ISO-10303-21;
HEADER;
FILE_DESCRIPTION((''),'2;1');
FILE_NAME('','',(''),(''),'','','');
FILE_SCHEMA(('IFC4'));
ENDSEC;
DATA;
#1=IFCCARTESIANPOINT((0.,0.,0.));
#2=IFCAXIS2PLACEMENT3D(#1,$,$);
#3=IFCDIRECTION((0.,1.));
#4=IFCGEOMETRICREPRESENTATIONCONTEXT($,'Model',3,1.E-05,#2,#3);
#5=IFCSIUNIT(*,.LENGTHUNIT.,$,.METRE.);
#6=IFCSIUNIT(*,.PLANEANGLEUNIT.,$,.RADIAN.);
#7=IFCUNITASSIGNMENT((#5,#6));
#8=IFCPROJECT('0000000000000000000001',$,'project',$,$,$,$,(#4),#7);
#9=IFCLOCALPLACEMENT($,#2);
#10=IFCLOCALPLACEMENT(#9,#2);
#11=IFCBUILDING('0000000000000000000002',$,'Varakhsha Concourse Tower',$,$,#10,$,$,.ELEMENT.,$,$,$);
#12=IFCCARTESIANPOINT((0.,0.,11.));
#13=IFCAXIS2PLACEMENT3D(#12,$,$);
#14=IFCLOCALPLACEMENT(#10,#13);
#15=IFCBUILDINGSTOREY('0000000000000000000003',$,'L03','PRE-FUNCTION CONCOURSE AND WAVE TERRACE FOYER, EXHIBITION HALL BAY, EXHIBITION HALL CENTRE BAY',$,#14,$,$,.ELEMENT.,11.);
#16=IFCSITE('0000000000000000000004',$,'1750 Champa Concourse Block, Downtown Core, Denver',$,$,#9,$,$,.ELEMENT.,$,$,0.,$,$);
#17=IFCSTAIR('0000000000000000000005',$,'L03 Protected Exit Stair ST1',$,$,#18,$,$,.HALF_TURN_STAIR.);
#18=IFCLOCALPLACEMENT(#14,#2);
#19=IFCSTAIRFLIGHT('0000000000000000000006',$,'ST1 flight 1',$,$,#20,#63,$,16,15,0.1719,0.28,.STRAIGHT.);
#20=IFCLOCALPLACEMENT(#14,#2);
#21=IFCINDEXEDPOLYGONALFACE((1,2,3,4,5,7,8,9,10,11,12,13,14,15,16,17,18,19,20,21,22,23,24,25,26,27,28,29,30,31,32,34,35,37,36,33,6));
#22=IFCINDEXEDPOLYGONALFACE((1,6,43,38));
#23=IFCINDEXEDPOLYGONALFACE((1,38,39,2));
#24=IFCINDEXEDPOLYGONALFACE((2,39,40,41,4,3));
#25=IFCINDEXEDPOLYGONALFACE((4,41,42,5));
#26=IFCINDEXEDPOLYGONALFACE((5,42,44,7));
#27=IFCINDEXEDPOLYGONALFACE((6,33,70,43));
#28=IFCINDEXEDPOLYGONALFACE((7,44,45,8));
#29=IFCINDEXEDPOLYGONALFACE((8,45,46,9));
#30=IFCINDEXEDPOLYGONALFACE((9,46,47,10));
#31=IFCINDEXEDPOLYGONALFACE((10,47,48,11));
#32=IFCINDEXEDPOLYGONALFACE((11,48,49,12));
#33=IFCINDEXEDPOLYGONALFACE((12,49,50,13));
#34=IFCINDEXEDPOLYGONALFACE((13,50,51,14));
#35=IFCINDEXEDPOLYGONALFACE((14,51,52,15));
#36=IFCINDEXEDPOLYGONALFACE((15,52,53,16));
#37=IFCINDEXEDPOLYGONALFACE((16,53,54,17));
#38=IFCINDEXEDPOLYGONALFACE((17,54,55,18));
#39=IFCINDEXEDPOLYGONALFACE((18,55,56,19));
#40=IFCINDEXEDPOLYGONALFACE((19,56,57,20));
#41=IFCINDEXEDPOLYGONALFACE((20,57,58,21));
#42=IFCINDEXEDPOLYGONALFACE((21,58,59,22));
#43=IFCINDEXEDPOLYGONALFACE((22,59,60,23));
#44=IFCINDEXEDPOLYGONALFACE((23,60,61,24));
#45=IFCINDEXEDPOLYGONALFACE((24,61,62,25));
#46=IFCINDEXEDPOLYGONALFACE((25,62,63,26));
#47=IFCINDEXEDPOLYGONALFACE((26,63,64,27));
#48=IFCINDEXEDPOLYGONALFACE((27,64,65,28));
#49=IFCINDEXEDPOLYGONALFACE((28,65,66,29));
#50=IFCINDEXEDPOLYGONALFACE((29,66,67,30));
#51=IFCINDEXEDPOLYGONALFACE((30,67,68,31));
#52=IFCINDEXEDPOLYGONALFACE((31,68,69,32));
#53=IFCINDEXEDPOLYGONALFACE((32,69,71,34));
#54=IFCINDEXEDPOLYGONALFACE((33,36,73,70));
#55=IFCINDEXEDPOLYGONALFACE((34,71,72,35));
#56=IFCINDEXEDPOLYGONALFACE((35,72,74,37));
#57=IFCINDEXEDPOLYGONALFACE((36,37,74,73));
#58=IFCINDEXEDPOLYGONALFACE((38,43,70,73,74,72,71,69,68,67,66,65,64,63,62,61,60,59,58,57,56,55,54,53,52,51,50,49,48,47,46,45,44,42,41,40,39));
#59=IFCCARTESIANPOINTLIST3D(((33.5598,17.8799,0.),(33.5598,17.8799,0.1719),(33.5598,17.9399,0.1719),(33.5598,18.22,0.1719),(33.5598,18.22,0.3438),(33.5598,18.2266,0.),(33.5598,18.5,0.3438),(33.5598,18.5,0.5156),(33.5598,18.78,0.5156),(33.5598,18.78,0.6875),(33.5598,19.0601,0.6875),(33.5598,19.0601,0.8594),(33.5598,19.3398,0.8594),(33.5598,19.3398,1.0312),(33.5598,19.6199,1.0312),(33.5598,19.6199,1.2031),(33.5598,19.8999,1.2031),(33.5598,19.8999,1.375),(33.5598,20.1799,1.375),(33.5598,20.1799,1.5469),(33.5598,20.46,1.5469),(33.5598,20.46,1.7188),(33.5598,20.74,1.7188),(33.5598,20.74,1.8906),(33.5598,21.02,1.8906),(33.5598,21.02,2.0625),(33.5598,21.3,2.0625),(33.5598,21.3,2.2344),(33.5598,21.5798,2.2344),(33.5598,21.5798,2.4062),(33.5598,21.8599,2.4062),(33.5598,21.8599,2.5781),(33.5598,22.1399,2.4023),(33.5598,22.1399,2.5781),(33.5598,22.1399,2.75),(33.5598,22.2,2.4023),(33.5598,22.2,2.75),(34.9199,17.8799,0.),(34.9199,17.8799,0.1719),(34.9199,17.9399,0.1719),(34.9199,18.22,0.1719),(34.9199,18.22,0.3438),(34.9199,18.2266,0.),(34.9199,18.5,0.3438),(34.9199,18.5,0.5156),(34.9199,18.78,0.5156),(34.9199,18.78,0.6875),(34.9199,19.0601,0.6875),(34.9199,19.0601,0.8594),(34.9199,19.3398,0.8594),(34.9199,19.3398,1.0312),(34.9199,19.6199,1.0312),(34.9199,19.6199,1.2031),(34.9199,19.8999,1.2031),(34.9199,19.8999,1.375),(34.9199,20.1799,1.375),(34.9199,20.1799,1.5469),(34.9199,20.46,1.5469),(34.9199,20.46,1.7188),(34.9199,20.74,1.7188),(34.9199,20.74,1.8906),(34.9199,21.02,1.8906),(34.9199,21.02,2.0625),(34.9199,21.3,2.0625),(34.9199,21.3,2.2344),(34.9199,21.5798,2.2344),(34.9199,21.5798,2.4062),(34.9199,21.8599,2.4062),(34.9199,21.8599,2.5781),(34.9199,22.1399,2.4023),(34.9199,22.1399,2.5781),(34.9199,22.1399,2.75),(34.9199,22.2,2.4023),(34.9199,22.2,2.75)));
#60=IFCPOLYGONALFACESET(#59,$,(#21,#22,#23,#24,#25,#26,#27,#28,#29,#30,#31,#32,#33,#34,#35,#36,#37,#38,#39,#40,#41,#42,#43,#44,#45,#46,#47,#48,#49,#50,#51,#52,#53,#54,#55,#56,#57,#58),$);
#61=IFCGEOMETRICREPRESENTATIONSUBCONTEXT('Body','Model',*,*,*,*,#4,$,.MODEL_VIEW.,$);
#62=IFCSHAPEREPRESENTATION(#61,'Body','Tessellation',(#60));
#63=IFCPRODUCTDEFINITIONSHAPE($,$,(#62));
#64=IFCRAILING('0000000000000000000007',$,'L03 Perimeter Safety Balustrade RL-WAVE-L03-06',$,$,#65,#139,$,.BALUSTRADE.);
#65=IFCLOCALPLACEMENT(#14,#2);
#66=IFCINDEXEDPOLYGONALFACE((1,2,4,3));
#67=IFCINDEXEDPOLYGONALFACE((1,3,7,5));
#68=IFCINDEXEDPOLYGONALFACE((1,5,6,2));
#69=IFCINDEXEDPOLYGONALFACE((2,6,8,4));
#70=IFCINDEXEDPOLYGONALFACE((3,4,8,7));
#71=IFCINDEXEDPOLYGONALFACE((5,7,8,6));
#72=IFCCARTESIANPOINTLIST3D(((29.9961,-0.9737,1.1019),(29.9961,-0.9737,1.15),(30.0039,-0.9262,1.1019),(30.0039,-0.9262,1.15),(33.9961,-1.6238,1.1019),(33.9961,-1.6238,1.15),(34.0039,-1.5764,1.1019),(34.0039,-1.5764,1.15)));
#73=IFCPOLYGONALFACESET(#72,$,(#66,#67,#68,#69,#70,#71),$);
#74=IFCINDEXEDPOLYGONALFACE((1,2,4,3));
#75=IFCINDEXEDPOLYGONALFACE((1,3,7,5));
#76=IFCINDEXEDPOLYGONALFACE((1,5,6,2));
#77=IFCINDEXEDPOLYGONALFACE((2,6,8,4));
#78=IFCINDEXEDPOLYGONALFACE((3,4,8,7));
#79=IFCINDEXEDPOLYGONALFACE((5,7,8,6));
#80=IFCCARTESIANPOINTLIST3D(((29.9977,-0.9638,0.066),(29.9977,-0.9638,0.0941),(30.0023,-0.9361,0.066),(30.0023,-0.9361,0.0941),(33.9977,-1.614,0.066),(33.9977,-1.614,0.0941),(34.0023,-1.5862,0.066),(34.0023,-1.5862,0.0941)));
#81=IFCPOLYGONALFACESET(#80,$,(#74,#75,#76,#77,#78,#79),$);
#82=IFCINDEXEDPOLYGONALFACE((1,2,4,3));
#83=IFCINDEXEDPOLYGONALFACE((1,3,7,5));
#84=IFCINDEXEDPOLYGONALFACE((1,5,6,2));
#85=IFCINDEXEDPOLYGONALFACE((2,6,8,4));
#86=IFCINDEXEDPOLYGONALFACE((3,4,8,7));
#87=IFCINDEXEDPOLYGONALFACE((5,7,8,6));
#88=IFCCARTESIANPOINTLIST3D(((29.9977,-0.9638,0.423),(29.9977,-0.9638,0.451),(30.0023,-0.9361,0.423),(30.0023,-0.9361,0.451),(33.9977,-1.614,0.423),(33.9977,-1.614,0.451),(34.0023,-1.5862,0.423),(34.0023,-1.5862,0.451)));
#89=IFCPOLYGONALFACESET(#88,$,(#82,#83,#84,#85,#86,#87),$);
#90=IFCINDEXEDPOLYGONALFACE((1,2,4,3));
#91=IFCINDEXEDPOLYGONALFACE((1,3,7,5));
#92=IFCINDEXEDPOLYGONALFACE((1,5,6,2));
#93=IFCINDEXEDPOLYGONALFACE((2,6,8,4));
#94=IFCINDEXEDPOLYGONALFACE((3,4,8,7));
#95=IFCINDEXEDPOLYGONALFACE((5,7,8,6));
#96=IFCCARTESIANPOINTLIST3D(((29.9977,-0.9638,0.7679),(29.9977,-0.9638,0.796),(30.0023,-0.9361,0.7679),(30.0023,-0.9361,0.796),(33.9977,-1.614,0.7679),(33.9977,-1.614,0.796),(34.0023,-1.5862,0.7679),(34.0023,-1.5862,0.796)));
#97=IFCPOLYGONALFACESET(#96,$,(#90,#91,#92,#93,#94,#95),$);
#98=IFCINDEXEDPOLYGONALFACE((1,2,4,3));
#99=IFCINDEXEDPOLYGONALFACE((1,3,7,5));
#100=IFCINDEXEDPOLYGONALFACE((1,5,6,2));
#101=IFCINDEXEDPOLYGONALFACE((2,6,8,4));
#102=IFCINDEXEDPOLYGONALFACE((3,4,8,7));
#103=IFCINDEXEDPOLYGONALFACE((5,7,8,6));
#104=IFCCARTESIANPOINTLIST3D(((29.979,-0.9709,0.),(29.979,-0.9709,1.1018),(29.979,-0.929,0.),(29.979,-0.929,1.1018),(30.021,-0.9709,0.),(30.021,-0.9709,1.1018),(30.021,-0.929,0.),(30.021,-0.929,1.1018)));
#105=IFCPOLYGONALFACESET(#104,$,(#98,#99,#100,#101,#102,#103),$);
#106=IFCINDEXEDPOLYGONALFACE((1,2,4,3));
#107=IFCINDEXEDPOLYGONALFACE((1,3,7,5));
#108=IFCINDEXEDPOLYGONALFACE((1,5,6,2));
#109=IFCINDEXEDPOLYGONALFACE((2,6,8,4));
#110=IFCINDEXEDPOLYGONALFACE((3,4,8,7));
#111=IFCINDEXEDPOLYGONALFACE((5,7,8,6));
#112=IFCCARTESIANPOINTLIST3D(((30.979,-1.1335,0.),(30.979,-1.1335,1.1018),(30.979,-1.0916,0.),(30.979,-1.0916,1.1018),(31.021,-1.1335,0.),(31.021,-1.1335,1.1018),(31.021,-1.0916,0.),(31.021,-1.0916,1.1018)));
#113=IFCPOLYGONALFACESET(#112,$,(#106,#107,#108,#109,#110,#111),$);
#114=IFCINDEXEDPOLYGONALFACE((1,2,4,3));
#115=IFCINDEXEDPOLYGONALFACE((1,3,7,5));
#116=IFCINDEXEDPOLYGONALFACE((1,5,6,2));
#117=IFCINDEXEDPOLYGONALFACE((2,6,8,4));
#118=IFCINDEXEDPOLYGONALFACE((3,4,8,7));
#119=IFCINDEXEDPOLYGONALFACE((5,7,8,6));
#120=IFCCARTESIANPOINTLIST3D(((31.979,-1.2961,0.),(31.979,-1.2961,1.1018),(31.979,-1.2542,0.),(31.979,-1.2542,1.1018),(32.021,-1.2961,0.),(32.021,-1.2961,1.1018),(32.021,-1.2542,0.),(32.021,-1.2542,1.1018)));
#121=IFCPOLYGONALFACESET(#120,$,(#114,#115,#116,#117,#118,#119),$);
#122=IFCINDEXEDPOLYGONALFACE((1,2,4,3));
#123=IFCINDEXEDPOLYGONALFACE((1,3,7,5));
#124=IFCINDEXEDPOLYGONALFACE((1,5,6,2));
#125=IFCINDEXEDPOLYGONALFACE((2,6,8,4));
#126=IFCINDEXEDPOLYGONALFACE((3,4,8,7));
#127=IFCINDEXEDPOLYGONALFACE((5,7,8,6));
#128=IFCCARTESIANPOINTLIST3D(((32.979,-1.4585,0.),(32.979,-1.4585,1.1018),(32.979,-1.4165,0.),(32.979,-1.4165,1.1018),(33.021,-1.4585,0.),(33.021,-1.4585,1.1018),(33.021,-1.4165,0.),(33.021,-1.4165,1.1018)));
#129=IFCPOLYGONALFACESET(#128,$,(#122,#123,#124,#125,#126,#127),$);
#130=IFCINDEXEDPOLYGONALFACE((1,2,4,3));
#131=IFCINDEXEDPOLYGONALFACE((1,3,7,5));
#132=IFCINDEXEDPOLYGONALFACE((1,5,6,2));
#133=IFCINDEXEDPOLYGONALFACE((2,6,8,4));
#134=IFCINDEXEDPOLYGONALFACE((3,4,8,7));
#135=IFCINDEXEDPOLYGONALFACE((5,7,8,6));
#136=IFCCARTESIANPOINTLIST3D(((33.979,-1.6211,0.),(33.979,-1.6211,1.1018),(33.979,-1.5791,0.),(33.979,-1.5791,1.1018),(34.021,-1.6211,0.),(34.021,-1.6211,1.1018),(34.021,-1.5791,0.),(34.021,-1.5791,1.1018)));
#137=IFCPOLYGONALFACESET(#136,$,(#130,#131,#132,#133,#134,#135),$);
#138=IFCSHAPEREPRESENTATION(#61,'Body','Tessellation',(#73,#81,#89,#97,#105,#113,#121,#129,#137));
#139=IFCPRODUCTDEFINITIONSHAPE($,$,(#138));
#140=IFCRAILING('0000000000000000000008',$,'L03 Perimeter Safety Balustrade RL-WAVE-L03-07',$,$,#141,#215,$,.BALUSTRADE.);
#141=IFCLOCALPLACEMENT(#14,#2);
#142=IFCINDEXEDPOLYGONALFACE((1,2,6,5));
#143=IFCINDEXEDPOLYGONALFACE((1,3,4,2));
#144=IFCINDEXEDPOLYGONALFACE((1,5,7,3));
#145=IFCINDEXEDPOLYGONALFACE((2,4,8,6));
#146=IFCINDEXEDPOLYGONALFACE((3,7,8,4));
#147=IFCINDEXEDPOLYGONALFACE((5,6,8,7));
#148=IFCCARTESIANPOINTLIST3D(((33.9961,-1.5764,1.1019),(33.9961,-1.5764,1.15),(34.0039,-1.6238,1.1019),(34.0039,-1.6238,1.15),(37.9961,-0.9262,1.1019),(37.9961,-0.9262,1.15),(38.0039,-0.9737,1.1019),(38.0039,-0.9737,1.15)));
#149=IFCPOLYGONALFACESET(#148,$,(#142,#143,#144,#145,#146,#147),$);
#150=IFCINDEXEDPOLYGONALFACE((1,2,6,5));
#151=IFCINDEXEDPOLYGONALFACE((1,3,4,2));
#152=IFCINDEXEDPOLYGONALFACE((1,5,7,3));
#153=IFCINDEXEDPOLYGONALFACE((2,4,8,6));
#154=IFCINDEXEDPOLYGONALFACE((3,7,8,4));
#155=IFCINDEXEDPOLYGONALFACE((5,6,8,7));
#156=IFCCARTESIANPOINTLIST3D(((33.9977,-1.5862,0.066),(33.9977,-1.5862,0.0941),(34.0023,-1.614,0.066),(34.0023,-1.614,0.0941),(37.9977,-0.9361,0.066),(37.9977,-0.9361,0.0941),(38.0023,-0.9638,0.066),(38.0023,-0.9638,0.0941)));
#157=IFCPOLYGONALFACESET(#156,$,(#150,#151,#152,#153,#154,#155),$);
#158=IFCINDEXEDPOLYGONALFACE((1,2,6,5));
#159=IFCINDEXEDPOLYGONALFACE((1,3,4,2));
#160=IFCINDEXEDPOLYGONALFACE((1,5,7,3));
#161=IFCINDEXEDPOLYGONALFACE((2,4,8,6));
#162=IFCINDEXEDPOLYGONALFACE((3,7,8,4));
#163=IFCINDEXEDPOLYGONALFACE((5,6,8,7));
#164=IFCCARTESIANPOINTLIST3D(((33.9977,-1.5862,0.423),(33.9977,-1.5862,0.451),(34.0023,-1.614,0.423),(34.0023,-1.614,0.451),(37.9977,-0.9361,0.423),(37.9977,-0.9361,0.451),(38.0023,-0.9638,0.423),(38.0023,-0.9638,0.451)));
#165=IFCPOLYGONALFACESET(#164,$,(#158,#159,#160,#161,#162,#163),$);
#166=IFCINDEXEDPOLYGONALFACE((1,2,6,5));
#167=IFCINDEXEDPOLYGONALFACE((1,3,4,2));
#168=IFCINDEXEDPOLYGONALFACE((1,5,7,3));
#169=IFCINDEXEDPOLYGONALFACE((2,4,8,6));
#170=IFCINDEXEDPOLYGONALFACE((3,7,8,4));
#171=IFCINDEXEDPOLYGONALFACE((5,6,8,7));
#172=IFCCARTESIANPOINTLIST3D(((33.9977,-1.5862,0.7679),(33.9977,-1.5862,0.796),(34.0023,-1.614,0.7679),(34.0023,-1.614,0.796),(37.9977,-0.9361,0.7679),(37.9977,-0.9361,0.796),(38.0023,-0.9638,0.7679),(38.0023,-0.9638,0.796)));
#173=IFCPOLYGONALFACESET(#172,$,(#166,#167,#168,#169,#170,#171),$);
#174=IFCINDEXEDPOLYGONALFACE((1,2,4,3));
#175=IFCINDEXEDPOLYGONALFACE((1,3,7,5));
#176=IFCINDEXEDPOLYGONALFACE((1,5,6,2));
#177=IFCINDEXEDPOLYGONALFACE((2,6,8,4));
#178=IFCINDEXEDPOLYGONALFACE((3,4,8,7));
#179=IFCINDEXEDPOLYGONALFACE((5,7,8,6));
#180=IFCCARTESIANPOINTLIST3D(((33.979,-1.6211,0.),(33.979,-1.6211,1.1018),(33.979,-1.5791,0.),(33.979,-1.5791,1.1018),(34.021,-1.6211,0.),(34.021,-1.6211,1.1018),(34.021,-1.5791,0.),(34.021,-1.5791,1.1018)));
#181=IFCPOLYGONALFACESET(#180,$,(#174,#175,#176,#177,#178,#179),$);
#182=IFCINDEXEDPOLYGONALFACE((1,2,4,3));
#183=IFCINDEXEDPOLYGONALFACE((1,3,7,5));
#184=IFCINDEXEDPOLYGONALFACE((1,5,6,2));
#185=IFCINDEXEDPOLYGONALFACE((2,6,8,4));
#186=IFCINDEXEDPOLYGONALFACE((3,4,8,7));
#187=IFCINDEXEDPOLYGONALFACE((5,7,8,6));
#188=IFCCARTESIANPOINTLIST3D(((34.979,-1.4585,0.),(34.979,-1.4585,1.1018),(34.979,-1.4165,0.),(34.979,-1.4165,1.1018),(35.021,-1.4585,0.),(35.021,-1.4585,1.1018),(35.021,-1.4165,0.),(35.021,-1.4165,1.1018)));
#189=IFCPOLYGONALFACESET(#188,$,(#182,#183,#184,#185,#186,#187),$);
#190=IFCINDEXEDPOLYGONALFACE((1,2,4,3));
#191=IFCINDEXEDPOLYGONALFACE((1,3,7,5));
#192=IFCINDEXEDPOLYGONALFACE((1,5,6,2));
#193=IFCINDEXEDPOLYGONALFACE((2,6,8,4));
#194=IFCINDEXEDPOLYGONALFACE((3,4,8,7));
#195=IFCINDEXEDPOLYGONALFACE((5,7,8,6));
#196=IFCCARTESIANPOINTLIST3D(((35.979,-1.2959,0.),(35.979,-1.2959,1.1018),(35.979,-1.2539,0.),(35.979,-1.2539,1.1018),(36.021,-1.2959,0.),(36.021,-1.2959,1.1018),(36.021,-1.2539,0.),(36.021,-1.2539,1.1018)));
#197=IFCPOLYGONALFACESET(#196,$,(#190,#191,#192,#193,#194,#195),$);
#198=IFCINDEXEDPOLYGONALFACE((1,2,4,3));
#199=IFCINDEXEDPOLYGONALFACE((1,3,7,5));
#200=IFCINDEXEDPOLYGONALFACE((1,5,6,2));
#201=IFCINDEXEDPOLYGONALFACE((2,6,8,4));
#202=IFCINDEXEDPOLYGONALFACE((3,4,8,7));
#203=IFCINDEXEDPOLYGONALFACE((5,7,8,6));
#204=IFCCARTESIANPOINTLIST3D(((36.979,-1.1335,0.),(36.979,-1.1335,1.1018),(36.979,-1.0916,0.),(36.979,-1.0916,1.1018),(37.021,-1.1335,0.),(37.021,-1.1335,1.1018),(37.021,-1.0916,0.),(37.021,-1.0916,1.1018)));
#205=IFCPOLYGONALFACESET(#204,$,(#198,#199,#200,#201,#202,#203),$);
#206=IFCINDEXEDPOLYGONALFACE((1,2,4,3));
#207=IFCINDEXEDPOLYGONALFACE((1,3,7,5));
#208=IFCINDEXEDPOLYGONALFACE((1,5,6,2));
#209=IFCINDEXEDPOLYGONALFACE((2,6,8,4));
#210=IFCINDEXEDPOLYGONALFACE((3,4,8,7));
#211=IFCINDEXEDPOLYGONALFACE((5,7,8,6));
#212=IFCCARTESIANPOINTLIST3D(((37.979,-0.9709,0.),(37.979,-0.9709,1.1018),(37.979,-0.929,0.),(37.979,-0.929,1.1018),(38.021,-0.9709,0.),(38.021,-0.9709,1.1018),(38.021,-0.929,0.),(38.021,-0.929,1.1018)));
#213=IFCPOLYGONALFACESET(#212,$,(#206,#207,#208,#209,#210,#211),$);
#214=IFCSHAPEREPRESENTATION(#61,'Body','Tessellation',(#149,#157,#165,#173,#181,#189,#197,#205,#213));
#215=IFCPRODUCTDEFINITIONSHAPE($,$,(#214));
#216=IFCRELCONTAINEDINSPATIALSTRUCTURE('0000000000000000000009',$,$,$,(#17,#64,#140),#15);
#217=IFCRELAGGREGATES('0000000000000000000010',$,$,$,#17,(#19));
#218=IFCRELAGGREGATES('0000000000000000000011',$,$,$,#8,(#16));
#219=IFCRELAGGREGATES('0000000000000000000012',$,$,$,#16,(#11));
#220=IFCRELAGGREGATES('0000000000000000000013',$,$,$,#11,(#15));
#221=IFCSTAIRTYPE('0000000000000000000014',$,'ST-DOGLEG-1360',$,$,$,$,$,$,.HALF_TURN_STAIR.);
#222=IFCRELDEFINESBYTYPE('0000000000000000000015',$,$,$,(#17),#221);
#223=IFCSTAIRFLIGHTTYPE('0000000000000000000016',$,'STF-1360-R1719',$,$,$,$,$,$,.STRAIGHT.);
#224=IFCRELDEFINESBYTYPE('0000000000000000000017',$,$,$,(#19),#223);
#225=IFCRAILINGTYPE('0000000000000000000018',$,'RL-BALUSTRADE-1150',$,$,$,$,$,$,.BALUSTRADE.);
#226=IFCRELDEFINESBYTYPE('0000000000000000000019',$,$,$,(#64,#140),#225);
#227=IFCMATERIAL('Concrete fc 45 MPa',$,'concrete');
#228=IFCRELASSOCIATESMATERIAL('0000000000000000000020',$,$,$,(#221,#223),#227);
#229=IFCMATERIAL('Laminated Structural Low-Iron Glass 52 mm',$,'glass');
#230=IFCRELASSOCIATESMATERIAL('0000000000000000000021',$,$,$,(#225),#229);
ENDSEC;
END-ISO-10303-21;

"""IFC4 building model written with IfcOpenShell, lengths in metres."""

from ifc_helpers import new_model, si_unit, direction, frame, origin, origin_2d, place, context, subcontext, project, spatial, polyline, rectangle, outline, extrude, material, type_object, element, aggregate, save


model = new_model("IFC4")

# Units and contexts
model_context = context("Model", 3, precision=1e-05, world=origin(), true_north=direction((0.0, 1.0)))
body_context = subcontext(model_context, "Body", "Model", "MODEL_VIEW")
ifc_project = project(units=[si_unit("LENGTHUNIT", "METRE"), si_unit("PLANEANGLEUNIT", "RADIAN")], contexts=[model_context])

# Site, building, storey
site_placement = place(None, origin())
site = spatial("IfcSite", under=ifc_project, at=site_placement, Name="1750 Champa Concourse Block, Downtown Core, Denver", CompositionType="ELEMENT", RefElevation=0.0)
building_placement = place(site_placement, origin())
building = spatial("IfcBuilding", under=site, at=building_placement, Name="Varakhsha Concourse Tower", CompositionType="ELEMENT")
storey_placement = place(building_placement, frame((0.0, 0.0, 11.0)))
storey = spatial("IfcBuildingStorey", under=building, at=storey_placement, Name="L03", Description="PRE-FUNCTION CONCOURSE AND WAVE TERRACE FOYER, EXHIBITION HALL BAY, EXHIBITION HALL CENTRE BAY", CompositionType="ELEMENT", Elevation=11.0)

# Shared definitions
ifc_material_1 = material(Name="Concrete fc 45 MPa", Category="concrete")

# Stair, stair flight
stair_type = type_object("IfcStairType", Name="ST-DOGLEG-1360", PredefinedType="HALF_TURN_STAIR", material=ifc_material_1)
stair_placement = place(storey_placement, origin())
stair = element("IfcStair", 1, at=stair_placement, inside=storey, type_object=stair_type, Name="L03 Protected Exit Stair ST1", PredefinedType="HALF_TURN_STAIR")
stair_flight_type = type_object("IfcStairFlightType", Name="STF-1360-R1719", PredefinedType="STRAIGHT", material=ifc_material_1)
stair_flight_placement = place(storey_placement, frame((34.24, 17.9399, 0.0), z_axis=(0.0, 0.0, 1.0), x_axis=(0.0, 1.0, 0.0)))
stair_flight = element("IfcStairFlight", 2, at=stair_flight_placement, type_object=stair_flight_type, Name="ST1 flight 1", NumberOfRisers=16, NumberOfTreads=15, PredefinedType="STRAIGHT", RiserHeight=0.1719, TreadLength=0.28, context=body_context, shape_type="SweptSolid", body=[
    extrude(outline(polyline([(-0.0601, 0.0), (-0.0601, 0.1719), (0.0, 0.1719), (0.28, 0.1719), (0.28, 0.3438), (0.5601, 0.3438), (0.5601, 0.5156), (0.8401, 0.5156), (0.8401, 0.6875), (1.1201, 0.6875), (1.1201, 0.8594), (1.3999, 0.8594), (1.3999, 1.0312), (1.6799, 1.0312), (1.6799, 1.2031), (1.96, 1.2031), (1.96, 1.375), (2.24, 1.375), (2.24, 1.5469), (2.52, 1.5469), (2.52, 1.7188), (2.8, 1.7188), (2.8, 1.8906), (3.0801, 1.8906), (3.0801, 2.0625), (3.3601, 2.0625), (3.3601, 2.2344), (3.6399, 2.2344), (3.6399, 2.4062), (3.9199, 2.4062), (3.9199, 2.5781), (4.2, 2.5781), (4.2, 2.75), (4.26, 2.75), (4.26, 2.4023), (4.2, 2.4023), (0.2866, 0.0), (-0.0601, 0.0)])), frame((0.0, 0.6802, 0.0), z_axis=(0.0, -1.0, 0.0), x_axis=(1.0, 0.0, 0.0)), (0.0, 0.0, 1.0), 1.3601),
])
aggregate(stair, [stair_flight])

# Railings
ifc_material_2 = material(Name="Laminated Structural Low-Iron Glass 52 mm", Category="glass")
railing_type_1 = type_object("IfcRailingType", Name="RL-BALUSTRADE-1150", PredefinedType="BALUSTRADE", material=ifc_material_2)
railing_1_placement = place(storey_placement, frame((30.0, -0.95, 0.0)))
element("IfcRailing", 3, at=railing_1_placement, inside=storey, type_object=railing_type_1, Name="L03 Perimeter Safety Balustrade RL-WAVE-L03-06", PredefinedType="BALUSTRADE", context=body_context, shape_type="SweptSolid", body=[
    extrude(rectangle(XDim=0.0481, YDim=0.0481, at=origin_2d()), frame((0.0, 0.0, 1.126), z_axis=(0.987047, -0.160431, 0.0), x_axis=(0.160431, 0.987047, 0.0)), (0.0, 0.0, 1.0), 4.0525),
    extrude(rectangle(XDim=0.0281, YDim=0.0281, at=origin_2d()), frame((0.0, 0.0, 0.0801), z_axis=(0.987047, -0.160431, 0.0), x_axis=(0.160431, 0.987047, 0.0)), (0.0, 0.0, 1.0), 4.0525),
    extrude(rectangle(XDim=0.0281, YDim=0.0281, at=origin_2d()), frame((0.0, 0.0, 0.437), z_axis=(0.987047, -0.160431, 0.0), x_axis=(0.160431, 0.987047, 0.0)), (0.0, 0.0, 1.0), 4.0525),
    extrude(rectangle(XDim=0.0281, YDim=0.0281, at=origin_2d()), frame((0.0, 0.0, 0.782), z_axis=(0.987047, -0.160431, 0.0), x_axis=(0.160431, 0.987047, 0.0)), (0.0, 0.0, 1.0), 4.0525),
    extrude(rectangle(XDim=0.042, YDim=0.042, at=origin_2d()), origin(), (0.0, 0.0, 1.0), 1.1018),
    extrude(rectangle(XDim=0.042, YDim=0.042, at=origin_2d()), frame((1.0, -0.1626, 0.0)), (0.0, 0.0, 1.0), 1.1018),
    extrude(rectangle(XDim=0.042, YDim=0.042, at=origin_2d()), frame((2.0, -0.3252, 0.0)), (0.0, 0.0, 1.0), 1.1018),
    extrude(rectangle(XDim=0.042, YDim=0.042, at=origin_2d()), frame((3.0, -0.4875, 0.0)), (0.0, 0.0, 1.0), 1.1018),
    extrude(rectangle(XDim=0.042, YDim=0.042, at=origin_2d()), frame((4.0, -0.6501, 0.0)), (0.0, 0.0, 1.0), 1.1018),
])
railing_2_placement = place(storey_placement, frame((34.0, -1.6001, 0.0)))
element("IfcRailing", 4, at=railing_2_placement, inside=storey, type_object=railing_type_1, Name="L03 Perimeter Safety Balustrade RL-WAVE-L03-07", PredefinedType="BALUSTRADE", context=body_context, shape_type="SweptSolid", body=[
    extrude(rectangle(XDim=0.0481, YDim=0.0481, at=origin_2d()), frame((0.0, 0.0, 1.126), z_axis=(0.987047, 0.160431, 0.0), x_axis=(-0.160431, 0.987047, 0.0)), (0.0, 0.0, 1.0), 4.0525),
    extrude(rectangle(XDim=0.0281, YDim=0.0281, at=origin_2d()), frame((0.0, 0.0, 0.0801), z_axis=(0.987047, 0.160431, 0.0), x_axis=(-0.160431, 0.987047, 0.0)), (0.0, 0.0, 1.0), 4.0525),
    extrude(rectangle(XDim=0.0281, YDim=0.0281, at=origin_2d()), frame((0.0, 0.0, 0.437), z_axis=(0.987047, 0.160431, 0.0), x_axis=(-0.160431, 0.987047, 0.0)), (0.0, 0.0, 1.0), 4.0525),
    extrude(rectangle(XDim=0.0281, YDim=0.0281, at=origin_2d()), frame((0.0, 0.0, 0.782), z_axis=(0.987047, 0.160431, 0.0), x_axis=(-0.160431, 0.987047, 0.0)), (0.0, 0.0, 1.0), 4.0525),
    extrude(rectangle(XDim=0.042, YDim=0.042, at=origin_2d()), origin(), (0.0, 0.0, 1.0), 1.1018),
    extrude(rectangle(XDim=0.042, YDim=0.042, at=origin_2d()), frame((1.0, 0.1626, 0.0)), (0.0, 0.0, 1.0), 1.1018),
    extrude(rectangle(XDim=0.042, YDim=0.042, at=origin_2d()), frame((2.0, 0.3252, 0.0)), (0.0, 0.0, 1.0), 1.1018),
    extrude(rectangle(XDim=0.042, YDim=0.042, at=origin_2d()), frame((3.0, 0.4875, 0.0)), (0.0, 0.0, 1.0), 1.1018),
    extrude(rectangle(XDim=0.042, YDim=0.042, at=origin_2d()), frame((4.0, 0.6501, 0.0)), (0.0, 0.0, 1.0), 1.1018),
])

save(model, "model.ifc")
